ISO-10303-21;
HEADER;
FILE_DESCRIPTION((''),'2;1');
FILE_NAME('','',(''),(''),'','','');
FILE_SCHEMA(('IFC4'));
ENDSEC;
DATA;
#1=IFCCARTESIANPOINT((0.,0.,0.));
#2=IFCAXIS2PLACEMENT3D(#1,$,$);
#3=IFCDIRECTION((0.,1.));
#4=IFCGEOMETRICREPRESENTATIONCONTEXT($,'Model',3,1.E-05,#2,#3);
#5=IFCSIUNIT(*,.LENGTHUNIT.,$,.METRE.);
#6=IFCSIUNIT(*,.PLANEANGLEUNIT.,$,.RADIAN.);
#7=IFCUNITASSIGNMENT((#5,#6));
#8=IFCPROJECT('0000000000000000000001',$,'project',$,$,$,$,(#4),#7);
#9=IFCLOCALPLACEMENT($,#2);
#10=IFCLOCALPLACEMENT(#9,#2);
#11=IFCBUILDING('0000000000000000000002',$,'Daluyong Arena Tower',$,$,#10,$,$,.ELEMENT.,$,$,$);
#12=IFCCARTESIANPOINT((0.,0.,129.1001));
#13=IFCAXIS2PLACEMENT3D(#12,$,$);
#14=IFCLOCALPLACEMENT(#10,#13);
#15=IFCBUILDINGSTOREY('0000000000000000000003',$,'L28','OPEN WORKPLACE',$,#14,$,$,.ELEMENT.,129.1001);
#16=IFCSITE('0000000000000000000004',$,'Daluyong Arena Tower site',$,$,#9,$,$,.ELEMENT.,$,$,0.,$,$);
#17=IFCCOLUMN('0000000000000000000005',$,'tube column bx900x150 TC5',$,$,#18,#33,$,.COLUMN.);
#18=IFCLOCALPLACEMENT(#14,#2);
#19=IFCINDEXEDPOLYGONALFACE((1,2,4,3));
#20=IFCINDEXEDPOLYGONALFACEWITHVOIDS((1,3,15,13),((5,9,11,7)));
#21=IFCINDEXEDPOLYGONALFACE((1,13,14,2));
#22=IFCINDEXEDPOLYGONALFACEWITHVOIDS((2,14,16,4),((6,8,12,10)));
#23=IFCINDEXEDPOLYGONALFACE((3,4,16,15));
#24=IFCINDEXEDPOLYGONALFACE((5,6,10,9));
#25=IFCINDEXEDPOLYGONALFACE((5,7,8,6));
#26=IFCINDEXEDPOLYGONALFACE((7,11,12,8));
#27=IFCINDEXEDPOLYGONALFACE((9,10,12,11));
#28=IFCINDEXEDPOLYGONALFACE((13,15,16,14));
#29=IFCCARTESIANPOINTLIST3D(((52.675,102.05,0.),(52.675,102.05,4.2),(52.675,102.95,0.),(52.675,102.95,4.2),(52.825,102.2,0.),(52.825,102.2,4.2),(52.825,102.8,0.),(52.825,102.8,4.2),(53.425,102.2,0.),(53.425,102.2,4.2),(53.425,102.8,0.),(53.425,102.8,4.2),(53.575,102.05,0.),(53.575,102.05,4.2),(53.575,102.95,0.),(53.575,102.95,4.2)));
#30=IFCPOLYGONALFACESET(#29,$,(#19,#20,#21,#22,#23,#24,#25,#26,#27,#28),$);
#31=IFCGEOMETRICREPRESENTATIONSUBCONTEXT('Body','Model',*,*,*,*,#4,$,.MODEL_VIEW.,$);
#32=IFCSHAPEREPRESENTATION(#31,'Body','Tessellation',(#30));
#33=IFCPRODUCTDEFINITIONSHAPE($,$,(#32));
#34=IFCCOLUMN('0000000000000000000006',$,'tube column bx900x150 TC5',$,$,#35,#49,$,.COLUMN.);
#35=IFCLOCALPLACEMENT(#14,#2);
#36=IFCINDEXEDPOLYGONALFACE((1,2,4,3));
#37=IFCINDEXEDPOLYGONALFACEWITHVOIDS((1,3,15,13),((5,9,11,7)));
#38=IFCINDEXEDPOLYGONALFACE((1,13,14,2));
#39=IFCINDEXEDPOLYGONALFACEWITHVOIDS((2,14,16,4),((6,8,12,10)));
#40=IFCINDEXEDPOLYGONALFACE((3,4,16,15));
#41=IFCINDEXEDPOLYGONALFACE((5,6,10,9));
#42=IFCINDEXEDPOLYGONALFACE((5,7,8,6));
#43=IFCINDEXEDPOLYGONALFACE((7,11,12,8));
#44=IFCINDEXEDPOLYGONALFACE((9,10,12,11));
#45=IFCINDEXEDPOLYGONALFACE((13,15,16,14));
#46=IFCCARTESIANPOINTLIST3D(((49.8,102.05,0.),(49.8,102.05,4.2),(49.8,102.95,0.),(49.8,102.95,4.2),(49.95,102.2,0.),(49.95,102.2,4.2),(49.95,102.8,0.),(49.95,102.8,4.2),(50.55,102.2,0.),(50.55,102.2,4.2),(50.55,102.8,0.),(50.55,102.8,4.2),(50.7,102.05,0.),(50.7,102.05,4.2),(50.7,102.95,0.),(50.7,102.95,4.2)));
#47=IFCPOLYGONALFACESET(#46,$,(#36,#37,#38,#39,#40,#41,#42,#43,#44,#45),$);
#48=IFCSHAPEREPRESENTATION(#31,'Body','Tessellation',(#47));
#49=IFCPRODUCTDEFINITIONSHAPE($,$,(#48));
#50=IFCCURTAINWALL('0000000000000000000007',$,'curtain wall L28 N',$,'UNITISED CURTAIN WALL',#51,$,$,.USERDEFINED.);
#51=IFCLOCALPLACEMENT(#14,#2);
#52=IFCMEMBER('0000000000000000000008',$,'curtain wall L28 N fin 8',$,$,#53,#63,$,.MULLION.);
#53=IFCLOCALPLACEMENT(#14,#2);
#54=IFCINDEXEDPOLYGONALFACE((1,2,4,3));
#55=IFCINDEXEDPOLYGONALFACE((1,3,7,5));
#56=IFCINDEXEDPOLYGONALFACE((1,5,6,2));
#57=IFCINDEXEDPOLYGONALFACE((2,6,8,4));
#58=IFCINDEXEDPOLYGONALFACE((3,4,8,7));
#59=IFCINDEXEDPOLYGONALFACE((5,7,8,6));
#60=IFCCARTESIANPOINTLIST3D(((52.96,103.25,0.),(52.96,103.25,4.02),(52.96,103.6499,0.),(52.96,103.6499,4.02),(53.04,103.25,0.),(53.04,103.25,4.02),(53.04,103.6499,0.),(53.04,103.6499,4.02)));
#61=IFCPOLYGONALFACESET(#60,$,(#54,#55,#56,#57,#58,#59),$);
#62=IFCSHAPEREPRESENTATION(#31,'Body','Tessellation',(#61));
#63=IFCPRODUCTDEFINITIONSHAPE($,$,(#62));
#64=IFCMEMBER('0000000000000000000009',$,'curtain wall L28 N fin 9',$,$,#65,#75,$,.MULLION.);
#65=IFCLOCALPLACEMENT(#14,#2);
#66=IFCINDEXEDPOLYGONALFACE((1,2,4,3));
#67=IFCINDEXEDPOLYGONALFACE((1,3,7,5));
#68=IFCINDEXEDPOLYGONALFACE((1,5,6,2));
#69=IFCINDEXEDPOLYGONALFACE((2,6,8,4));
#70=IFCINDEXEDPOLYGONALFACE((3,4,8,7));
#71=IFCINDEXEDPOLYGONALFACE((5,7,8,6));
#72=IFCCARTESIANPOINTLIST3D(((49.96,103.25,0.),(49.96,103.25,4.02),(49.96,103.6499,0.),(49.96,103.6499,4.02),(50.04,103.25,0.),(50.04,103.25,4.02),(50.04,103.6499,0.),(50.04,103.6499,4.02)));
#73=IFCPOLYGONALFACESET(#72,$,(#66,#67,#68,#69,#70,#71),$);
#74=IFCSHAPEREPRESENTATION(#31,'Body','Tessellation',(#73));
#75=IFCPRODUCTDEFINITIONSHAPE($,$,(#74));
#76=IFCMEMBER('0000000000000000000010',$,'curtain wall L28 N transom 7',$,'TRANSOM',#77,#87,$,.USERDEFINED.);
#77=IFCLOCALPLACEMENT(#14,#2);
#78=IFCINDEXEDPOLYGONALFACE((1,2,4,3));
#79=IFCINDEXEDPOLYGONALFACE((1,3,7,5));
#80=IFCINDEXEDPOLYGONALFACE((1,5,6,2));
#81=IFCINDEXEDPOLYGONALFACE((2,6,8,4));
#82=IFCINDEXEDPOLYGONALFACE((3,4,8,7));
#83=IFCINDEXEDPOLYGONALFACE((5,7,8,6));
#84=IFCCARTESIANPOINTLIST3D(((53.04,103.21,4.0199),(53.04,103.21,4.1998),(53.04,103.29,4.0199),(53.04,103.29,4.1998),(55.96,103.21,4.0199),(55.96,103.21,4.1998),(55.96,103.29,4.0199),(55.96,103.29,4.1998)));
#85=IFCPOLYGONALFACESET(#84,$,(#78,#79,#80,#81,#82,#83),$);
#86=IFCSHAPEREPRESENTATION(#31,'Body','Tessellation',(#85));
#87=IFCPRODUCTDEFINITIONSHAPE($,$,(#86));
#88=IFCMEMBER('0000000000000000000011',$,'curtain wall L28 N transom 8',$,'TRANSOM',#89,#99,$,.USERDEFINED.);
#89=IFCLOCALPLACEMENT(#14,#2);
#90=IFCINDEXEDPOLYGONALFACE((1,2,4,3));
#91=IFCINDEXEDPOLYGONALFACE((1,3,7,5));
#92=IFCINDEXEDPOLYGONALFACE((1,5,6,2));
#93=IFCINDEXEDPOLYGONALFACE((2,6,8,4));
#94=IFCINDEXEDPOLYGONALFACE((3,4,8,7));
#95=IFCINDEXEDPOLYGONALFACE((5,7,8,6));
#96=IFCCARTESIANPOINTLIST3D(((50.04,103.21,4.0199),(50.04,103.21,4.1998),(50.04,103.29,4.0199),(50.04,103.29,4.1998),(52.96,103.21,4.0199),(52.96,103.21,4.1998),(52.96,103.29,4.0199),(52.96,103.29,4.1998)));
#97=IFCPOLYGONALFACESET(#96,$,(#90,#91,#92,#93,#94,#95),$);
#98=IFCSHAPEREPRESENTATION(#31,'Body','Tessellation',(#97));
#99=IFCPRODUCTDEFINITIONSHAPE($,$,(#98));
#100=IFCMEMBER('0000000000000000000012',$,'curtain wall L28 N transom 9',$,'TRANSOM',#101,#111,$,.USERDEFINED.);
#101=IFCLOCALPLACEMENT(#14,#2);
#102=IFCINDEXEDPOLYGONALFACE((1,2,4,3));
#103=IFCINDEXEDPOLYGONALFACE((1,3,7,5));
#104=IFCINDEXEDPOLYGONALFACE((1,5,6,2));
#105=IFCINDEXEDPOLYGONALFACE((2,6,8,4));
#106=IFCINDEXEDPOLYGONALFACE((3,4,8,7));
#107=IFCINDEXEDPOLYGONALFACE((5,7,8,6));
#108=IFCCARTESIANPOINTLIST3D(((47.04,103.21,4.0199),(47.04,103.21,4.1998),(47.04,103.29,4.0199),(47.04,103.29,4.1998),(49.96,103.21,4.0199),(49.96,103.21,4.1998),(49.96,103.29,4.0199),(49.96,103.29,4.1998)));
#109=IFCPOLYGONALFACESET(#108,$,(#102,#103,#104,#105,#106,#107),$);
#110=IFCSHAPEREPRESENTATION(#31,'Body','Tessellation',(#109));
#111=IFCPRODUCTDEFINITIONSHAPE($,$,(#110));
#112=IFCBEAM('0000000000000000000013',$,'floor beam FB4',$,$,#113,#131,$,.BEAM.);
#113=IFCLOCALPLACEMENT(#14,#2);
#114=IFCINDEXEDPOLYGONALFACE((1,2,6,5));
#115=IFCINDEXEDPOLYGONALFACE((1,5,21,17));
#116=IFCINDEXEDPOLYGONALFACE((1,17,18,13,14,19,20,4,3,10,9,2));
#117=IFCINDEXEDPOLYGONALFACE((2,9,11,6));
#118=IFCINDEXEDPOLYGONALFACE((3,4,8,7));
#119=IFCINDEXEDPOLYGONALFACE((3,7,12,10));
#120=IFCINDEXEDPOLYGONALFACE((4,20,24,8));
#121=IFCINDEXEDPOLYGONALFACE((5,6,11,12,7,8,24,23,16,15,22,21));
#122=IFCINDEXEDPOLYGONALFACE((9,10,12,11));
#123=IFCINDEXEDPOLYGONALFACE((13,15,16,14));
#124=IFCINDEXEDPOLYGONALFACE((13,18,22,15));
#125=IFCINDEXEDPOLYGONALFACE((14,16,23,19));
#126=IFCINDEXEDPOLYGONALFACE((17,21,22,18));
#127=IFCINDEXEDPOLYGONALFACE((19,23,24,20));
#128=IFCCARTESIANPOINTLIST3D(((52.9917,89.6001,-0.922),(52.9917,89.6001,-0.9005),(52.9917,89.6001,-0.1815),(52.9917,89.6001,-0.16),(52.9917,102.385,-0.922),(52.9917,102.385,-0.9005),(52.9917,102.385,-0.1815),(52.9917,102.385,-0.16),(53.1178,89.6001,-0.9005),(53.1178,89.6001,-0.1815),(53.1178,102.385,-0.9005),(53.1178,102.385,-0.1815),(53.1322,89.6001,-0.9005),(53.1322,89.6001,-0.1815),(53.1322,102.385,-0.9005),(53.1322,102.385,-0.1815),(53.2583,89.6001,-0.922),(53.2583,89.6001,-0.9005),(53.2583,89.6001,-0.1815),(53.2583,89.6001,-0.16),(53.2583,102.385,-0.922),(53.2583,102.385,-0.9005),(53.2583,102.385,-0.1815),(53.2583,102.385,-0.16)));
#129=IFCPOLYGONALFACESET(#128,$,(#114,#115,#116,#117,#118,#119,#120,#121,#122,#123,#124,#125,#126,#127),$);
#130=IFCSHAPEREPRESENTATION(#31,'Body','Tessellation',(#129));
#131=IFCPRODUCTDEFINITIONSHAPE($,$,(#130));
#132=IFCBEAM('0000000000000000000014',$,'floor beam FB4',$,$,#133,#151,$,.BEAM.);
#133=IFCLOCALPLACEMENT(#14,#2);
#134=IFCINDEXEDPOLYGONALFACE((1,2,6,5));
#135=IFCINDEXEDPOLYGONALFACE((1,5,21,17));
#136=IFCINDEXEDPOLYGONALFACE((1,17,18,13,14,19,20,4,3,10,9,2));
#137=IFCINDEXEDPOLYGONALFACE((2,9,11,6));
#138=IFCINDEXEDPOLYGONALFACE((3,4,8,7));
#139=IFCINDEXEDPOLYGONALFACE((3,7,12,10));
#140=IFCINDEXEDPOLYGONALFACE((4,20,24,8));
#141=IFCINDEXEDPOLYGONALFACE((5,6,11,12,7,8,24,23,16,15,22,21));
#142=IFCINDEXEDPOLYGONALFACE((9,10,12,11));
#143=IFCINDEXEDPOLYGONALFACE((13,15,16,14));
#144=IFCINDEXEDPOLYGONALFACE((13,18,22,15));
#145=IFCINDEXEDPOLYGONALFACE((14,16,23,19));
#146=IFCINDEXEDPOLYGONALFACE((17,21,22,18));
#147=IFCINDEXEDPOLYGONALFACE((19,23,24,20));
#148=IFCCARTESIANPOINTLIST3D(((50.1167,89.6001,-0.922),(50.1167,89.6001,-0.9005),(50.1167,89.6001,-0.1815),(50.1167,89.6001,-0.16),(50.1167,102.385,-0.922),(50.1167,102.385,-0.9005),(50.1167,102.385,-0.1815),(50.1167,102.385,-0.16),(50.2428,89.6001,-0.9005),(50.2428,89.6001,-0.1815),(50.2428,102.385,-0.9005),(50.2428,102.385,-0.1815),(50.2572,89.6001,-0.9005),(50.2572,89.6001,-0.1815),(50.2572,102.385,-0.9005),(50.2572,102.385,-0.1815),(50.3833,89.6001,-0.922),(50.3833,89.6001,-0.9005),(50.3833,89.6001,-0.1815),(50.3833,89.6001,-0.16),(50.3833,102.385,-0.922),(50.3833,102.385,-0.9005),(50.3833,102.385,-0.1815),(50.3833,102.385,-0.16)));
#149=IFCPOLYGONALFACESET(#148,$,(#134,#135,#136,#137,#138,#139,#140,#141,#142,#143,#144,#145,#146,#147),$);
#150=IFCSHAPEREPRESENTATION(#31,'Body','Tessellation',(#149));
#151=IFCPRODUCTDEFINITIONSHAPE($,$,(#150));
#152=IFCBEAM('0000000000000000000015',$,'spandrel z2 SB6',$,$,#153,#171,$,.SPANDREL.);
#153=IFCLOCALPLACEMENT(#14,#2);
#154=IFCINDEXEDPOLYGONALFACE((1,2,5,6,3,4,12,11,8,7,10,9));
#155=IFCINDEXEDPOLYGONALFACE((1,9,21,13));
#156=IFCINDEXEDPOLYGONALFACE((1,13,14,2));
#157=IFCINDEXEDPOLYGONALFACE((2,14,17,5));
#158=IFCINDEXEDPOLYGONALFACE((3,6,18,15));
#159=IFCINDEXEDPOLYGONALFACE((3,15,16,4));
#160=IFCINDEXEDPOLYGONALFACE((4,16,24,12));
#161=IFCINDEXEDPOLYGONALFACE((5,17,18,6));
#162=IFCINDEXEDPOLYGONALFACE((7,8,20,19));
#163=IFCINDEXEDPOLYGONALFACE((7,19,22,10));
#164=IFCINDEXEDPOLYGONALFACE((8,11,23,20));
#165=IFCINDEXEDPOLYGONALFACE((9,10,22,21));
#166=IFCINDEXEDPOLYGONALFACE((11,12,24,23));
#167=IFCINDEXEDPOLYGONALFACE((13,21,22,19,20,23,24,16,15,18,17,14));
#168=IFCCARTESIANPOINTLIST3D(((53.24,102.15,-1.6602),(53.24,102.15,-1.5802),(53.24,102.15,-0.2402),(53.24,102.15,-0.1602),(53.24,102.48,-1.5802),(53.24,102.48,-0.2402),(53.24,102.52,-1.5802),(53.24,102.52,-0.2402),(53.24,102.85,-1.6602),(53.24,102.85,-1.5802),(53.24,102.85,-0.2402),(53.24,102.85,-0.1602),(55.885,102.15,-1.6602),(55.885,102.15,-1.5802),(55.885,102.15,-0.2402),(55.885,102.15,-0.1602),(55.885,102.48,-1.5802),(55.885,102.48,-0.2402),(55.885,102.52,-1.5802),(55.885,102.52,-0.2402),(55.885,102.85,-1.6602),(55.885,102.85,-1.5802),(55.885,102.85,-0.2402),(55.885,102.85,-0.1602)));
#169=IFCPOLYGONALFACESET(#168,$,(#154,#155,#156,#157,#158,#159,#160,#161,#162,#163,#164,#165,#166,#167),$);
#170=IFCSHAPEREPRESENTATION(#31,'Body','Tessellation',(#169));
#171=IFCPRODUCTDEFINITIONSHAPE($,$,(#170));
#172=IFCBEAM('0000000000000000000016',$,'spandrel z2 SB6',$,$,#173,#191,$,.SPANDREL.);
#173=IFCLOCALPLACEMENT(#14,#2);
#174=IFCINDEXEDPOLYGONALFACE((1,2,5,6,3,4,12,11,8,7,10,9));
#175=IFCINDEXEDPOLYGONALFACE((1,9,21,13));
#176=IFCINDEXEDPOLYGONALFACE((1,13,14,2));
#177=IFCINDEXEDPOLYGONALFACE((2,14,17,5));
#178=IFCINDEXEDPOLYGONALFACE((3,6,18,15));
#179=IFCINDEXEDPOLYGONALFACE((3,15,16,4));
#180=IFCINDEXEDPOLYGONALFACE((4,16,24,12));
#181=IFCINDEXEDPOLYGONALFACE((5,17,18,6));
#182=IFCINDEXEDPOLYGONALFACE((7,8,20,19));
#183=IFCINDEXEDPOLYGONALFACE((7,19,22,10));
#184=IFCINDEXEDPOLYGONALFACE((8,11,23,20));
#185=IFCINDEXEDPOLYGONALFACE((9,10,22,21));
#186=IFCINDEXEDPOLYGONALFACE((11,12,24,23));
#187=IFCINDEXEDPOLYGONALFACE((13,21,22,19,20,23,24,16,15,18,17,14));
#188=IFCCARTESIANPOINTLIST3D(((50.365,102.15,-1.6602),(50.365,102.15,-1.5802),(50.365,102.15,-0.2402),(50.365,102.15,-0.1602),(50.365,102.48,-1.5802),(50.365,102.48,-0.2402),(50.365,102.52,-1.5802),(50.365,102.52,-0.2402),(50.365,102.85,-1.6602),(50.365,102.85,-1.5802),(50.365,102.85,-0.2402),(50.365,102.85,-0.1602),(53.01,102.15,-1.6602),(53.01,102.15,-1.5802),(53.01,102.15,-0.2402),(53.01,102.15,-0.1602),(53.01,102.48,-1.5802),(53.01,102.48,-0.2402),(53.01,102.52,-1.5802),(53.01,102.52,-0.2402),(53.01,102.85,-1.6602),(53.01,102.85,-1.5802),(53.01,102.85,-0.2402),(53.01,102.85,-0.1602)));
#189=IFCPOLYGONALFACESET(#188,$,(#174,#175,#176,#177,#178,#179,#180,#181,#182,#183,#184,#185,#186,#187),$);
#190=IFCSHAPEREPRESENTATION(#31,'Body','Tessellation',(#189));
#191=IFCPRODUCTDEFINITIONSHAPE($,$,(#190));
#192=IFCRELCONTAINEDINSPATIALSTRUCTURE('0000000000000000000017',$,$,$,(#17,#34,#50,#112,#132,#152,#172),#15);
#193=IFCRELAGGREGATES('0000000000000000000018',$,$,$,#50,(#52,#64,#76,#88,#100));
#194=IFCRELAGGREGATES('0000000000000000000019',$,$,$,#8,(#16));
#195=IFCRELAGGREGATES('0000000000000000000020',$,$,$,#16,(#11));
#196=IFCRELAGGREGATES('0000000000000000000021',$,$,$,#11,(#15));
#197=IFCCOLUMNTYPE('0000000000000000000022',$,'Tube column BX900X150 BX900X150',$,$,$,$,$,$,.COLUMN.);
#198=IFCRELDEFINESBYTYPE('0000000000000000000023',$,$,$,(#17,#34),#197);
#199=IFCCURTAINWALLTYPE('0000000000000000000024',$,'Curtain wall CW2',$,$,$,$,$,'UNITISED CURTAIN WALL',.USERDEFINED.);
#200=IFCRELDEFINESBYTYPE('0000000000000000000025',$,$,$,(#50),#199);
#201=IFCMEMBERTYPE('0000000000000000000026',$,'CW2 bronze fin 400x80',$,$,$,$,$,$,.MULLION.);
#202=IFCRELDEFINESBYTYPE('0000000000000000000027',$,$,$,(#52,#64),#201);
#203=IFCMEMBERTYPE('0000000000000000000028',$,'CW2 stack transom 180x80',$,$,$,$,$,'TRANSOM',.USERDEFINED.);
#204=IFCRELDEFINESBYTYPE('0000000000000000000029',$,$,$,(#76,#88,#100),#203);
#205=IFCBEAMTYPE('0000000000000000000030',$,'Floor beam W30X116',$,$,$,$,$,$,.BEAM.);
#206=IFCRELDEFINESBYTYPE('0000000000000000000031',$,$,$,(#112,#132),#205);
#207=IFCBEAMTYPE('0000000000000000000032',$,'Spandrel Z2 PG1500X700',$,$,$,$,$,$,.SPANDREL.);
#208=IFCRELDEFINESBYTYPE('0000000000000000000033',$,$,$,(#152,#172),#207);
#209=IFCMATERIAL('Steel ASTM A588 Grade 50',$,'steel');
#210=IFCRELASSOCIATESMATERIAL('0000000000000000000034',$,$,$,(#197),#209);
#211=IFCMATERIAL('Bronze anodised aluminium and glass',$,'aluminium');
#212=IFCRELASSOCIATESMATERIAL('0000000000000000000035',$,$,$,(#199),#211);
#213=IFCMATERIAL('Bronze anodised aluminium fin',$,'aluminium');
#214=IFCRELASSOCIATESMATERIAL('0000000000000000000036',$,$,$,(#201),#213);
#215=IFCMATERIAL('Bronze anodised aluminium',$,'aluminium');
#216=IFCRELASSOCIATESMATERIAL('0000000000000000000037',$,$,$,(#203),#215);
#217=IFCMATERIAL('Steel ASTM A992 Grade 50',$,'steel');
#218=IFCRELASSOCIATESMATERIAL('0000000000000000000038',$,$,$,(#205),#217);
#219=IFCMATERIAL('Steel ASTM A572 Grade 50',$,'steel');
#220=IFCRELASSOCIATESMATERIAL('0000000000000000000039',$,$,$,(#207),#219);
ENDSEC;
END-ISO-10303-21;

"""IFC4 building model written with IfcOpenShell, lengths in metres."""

from ifc_helpers import new_model, si_unit, direction, frame, origin, origin_2d, place, context, subcontext, project, spatial, rectangle, hollow_rectangle, i_section, extrude, material, material_profile, profile_set, type_object, element, aggregate, save


model = new_model("IFC4")

# Units and contexts
model_context = context("Model", 3, precision=1e-05, world=origin(), true_north=direction((0.0, 1.0)))
body_context = subcontext(model_context, "Body", "Model", "MODEL_VIEW")
ifc_project = project(units=[si_unit("LENGTHUNIT", "METRE"), si_unit("PLANEANGLEUNIT", "RADIAN")], contexts=[model_context])

# Site, building, storey
site_placement = place(None, origin())
site = spatial("IfcSite", under=ifc_project, at=site_placement, Name="Daluyong Arena Tower site", CompositionType="ELEMENT", RefElevation=0.0)
building_placement = place(site_placement, origin())
building = spatial("IfcBuilding", under=site, at=building_placement, Name="Daluyong Arena Tower", CompositionType="ELEMENT")
storey_placement = place(building_placement, frame((0.0, 0.0, 129.1001)))
storey = spatial("IfcBuildingStorey", under=building, at=storey_placement, Name="L28", Description="OPEN WORKPLACE", CompositionType="ELEMENT", Elevation=129.1001)

# Columns
ifc_material_1 = material(Name="Steel ASTM A588 Grade 50", Category="steel")
ifc_material_profile_1 = material_profile(ifc_material_1, hollow_rectangle(XDim=0.8999, YDim=0.8999, WallThickness=0.15, at=origin_2d()))
ifc_profile_set_1 = profile_set([ifc_material_profile_1], Name="Steel ASTM A588 Grade 50")
column_type = type_object("IfcColumnType", Name="Tube column BX900X150 BX900X150", PredefinedType="COLUMN", material=ifc_profile_set_1)
for number, where, z_axis, x_axis, name in (
    (1, (53.125, 102.5, 0.0), (0.0, 0.0, 1.0), (1.0, 0.0, 0.0), "tube column bx900x150 TC5"),
    (2, (50.25, 102.5, 0.0), (0.0, 0.0, 1.0), (1.0, 0.0, 0.0), "tube column bx900x150 TC5"),
):
    element("IfcColumn", number, at=place(storey_placement, frame(where, z_axis=z_axis, x_axis=x_axis)), inside=storey, type_object=column_type, Name=name, PredefinedType="COLUMN", context=body_context, shape_type="SweptSolid", body=[
        extrude(hollow_rectangle(XDim=0.8999, YDim=0.8999, WallThickness=0.15, at=origin_2d()), origin(), (0.0, 0.0, 1.0), 4.2),
    ])

# Curtain wall, members
ifc_material_2 = material(Name="Bronze anodised aluminium and glass", Category="aluminium")
curtain_wall_type = type_object("IfcCurtainWallType", Name="Curtain wall CW2", ElementType="UNITISED CURTAIN WALL", PredefinedType="USERDEFINED", material=ifc_material_2)
curtain_wall_placement = place(storey_placement, origin())
curtain_wall = element("IfcCurtainWall", 3, at=curtain_wall_placement, inside=storey, type_object=curtain_wall_type, Name="curtain wall L28 N", ObjectType="UNITISED CURTAIN WALL", PredefinedType="USERDEFINED")
ifc_material_3 = material(Name="Bronze anodised aluminium fin", Category="aluminium")
ifc_material_profile_2 = material_profile(ifc_material_3, rectangle(XDim=0.3999, YDim=0.0801, at=origin_2d()))
ifc_profile_set_2 = profile_set([ifc_material_profile_2], Name="Bronze anodised aluminium fin")
member_type_1 = type_object("IfcMemberType", Name="CW2 bronze fin 400x80", PredefinedType="MULLION", material=ifc_profile_set_2)
member_1_placement = place(storey_placement, frame((53.0, 103.45, 0.0), z_axis=(0.0, 0.0, 1.0), x_axis=(0.0, -1.0, 0.0)))
member_1 = element("IfcMember", 4, at=member_1_placement, type_object=member_type_1, Name="curtain wall L28 N fin 8", PredefinedType="MULLION", context=body_context, shape_type="SweptSolid", body=[
    extrude(rectangle(XDim=0.3999, YDim=0.0801, at=origin_2d()), origin(), (0.0, 0.0, 1.0), 4.02),
])
member_2_placement = place(storey_placement, frame((50.0, 103.45, 0.0), z_axis=(0.0, 0.0, 1.0), x_axis=(0.0, -1.0, 0.0)))
member_2 = element("IfcMember", 5, at=member_2_placement, type_object=member_type_1, Name="curtain wall L28 N fin 9", PredefinedType="MULLION", context=body_context, shape_type="SweptSolid", body=[
    extrude(rectangle(XDim=0.3999, YDim=0.0801, at=origin_2d()), origin(), (0.0, 0.0, 1.0), 4.02),
])
ifc_material_4 = material(Name="Bronze anodised aluminium", Category="aluminium")
ifc_material_profile_3 = material_profile(ifc_material_4, rectangle(XDim=0.0801, YDim=0.1799, at=origin_2d()))
ifc_profile_set_3 = profile_set([ifc_material_profile_3], Name="Bronze anodised aluminium")
member_type_2 = type_object("IfcMemberType", Name="CW2 stack transom 180x80", ElementType="TRANSOM", PredefinedType="USERDEFINED", material=ifc_profile_set_3)
member_3_placement = place(storey_placement, frame((55.96, 103.25, 4.1099), z_axis=(-1.0, 0.0, 0.0), x_axis=(0.0, -1.0, 0.0)))
member_3 = element("IfcMember", 6, at=member_3_placement, type_object=member_type_2, Name="curtain wall L28 N transom 7", ObjectType="TRANSOM", PredefinedType="USERDEFINED", context=body_context, shape_type="SweptSolid", body=[
    extrude(rectangle(XDim=0.0801, YDim=0.1799, at=origin_2d()), origin(), (0.0, 0.0, 1.0), 2.9199),
])
member_4_placement = place(storey_placement, frame((52.96, 103.25, 4.1099), z_axis=(-1.0, 0.0, 0.0), x_axis=(0.0, -1.0, 0.0)))
member_4 = element("IfcMember", 7, at=member_4_placement, type_object=member_type_2, Name="curtain wall L28 N transom 8", ObjectType="TRANSOM", PredefinedType="USERDEFINED", context=body_context, shape_type="SweptSolid", body=[
    extrude(rectangle(XDim=0.0801, YDim=0.1799, at=origin_2d()), origin(), (0.0, 0.0, 1.0), 2.9199),
])
member_5_placement = place(storey_placement, frame((49.96, 103.25, 4.1099), z_axis=(-1.0, 0.0, 0.0), x_axis=(0.0, -1.0, 0.0)))
member_5 = element("IfcMember", 8, at=member_5_placement, type_object=member_type_2, Name="curtain wall L28 N transom 9", ObjectType="TRANSOM", PredefinedType="USERDEFINED", context=body_context, shape_type="SweptSolid", body=[
    extrude(rectangle(XDim=0.0801, YDim=0.1799, at=origin_2d()), origin(), (0.0, 0.0, 1.0), 2.9199),
])

# Beams
ifc_material_5 = material(Name="Steel ASTM A992 Grade 50", Category="steel")
ifc_material_profile_4 = material_profile(ifc_material_5, i_section(OverallWidth=0.2666, OverallDepth=0.762, WebThickness=0.0144, FlangeThickness=0.0215, at=origin_2d()))
ifc_profile_set_4 = profile_set([ifc_material_profile_4], Name="Steel ASTM A992 Grade 50")
beam_type_1 = type_object("IfcBeamType", Name="Floor beam W30X116", PredefinedType="BEAM", material=ifc_profile_set_4)
for number, where, z_axis, x_axis, name in (
    (9, (53.125, 102.385, -0.541), (0.0, -1.0, 0.0), (1.0, 0.0, 0.0), "floor beam FB4"),
    (10, (50.25, 102.385, -0.541), (0.0, -1.0, 0.0), (1.0, 0.0, 0.0), "floor beam FB4"),
):
    element("IfcBeam", number, at=place(storey_placement, frame(where, z_axis=z_axis, x_axis=x_axis)), inside=storey, type_object=beam_type_1, Name=name, PredefinedType="BEAM", context=body_context, shape_type="SweptSolid", body=[
        extrude(i_section(OverallWidth=0.2666, OverallDepth=0.762, WebThickness=0.0144, FlangeThickness=0.0215, at=origin_2d()), origin(), (0.0, 0.0, 1.0), 12.7849),
    ])
ifc_material_6 = material(Name="Steel ASTM A572 Grade 50", Category="steel")
ifc_material_profile_5 = material_profile(ifc_material_6, i_section(OverallWidth=0.7, OverallDepth=1.5, WebThickness=0.04, FlangeThickness=0.08, at=origin_2d()))
ifc_profile_set_5 = profile_set([ifc_material_profile_5], Name="Steel ASTM A572 Grade 50")
beam_type_2 = type_object("IfcBeamType", Name="Spandrel Z2 PG1500X700", PredefinedType="SPANDREL", material=ifc_profile_set_5)
for number, where, z_axis, x_axis, name in (
    (11, (55.885, 102.5, -0.9102), (-1.0, 0.0, 0.0), (0.0, -1.0, 0.0), "spandrel z2 SB6"),
    (12, (53.01, 102.5, -0.9102), (-1.0, 0.0, 0.0), (0.0, -1.0, 0.0), "spandrel z2 SB6"),
):
    element("IfcBeam", number, at=place(storey_placement, frame(where, z_axis=z_axis, x_axis=x_axis)), inside=storey, type_object=beam_type_2, Name=name, PredefinedType="SPANDREL", context=body_context, shape_type="SweptSolid", body=[
        extrude(i_section(OverallWidth=0.7, OverallDepth=1.5, WebThickness=0.04, FlangeThickness=0.08, at=origin_2d()), origin(), (0.0, 0.0, 1.0), 2.645),
    ])

aggregate(curtain_wall, [member_1, member_2, member_3, member_4, member_5])

save(model, "model.ifc")
